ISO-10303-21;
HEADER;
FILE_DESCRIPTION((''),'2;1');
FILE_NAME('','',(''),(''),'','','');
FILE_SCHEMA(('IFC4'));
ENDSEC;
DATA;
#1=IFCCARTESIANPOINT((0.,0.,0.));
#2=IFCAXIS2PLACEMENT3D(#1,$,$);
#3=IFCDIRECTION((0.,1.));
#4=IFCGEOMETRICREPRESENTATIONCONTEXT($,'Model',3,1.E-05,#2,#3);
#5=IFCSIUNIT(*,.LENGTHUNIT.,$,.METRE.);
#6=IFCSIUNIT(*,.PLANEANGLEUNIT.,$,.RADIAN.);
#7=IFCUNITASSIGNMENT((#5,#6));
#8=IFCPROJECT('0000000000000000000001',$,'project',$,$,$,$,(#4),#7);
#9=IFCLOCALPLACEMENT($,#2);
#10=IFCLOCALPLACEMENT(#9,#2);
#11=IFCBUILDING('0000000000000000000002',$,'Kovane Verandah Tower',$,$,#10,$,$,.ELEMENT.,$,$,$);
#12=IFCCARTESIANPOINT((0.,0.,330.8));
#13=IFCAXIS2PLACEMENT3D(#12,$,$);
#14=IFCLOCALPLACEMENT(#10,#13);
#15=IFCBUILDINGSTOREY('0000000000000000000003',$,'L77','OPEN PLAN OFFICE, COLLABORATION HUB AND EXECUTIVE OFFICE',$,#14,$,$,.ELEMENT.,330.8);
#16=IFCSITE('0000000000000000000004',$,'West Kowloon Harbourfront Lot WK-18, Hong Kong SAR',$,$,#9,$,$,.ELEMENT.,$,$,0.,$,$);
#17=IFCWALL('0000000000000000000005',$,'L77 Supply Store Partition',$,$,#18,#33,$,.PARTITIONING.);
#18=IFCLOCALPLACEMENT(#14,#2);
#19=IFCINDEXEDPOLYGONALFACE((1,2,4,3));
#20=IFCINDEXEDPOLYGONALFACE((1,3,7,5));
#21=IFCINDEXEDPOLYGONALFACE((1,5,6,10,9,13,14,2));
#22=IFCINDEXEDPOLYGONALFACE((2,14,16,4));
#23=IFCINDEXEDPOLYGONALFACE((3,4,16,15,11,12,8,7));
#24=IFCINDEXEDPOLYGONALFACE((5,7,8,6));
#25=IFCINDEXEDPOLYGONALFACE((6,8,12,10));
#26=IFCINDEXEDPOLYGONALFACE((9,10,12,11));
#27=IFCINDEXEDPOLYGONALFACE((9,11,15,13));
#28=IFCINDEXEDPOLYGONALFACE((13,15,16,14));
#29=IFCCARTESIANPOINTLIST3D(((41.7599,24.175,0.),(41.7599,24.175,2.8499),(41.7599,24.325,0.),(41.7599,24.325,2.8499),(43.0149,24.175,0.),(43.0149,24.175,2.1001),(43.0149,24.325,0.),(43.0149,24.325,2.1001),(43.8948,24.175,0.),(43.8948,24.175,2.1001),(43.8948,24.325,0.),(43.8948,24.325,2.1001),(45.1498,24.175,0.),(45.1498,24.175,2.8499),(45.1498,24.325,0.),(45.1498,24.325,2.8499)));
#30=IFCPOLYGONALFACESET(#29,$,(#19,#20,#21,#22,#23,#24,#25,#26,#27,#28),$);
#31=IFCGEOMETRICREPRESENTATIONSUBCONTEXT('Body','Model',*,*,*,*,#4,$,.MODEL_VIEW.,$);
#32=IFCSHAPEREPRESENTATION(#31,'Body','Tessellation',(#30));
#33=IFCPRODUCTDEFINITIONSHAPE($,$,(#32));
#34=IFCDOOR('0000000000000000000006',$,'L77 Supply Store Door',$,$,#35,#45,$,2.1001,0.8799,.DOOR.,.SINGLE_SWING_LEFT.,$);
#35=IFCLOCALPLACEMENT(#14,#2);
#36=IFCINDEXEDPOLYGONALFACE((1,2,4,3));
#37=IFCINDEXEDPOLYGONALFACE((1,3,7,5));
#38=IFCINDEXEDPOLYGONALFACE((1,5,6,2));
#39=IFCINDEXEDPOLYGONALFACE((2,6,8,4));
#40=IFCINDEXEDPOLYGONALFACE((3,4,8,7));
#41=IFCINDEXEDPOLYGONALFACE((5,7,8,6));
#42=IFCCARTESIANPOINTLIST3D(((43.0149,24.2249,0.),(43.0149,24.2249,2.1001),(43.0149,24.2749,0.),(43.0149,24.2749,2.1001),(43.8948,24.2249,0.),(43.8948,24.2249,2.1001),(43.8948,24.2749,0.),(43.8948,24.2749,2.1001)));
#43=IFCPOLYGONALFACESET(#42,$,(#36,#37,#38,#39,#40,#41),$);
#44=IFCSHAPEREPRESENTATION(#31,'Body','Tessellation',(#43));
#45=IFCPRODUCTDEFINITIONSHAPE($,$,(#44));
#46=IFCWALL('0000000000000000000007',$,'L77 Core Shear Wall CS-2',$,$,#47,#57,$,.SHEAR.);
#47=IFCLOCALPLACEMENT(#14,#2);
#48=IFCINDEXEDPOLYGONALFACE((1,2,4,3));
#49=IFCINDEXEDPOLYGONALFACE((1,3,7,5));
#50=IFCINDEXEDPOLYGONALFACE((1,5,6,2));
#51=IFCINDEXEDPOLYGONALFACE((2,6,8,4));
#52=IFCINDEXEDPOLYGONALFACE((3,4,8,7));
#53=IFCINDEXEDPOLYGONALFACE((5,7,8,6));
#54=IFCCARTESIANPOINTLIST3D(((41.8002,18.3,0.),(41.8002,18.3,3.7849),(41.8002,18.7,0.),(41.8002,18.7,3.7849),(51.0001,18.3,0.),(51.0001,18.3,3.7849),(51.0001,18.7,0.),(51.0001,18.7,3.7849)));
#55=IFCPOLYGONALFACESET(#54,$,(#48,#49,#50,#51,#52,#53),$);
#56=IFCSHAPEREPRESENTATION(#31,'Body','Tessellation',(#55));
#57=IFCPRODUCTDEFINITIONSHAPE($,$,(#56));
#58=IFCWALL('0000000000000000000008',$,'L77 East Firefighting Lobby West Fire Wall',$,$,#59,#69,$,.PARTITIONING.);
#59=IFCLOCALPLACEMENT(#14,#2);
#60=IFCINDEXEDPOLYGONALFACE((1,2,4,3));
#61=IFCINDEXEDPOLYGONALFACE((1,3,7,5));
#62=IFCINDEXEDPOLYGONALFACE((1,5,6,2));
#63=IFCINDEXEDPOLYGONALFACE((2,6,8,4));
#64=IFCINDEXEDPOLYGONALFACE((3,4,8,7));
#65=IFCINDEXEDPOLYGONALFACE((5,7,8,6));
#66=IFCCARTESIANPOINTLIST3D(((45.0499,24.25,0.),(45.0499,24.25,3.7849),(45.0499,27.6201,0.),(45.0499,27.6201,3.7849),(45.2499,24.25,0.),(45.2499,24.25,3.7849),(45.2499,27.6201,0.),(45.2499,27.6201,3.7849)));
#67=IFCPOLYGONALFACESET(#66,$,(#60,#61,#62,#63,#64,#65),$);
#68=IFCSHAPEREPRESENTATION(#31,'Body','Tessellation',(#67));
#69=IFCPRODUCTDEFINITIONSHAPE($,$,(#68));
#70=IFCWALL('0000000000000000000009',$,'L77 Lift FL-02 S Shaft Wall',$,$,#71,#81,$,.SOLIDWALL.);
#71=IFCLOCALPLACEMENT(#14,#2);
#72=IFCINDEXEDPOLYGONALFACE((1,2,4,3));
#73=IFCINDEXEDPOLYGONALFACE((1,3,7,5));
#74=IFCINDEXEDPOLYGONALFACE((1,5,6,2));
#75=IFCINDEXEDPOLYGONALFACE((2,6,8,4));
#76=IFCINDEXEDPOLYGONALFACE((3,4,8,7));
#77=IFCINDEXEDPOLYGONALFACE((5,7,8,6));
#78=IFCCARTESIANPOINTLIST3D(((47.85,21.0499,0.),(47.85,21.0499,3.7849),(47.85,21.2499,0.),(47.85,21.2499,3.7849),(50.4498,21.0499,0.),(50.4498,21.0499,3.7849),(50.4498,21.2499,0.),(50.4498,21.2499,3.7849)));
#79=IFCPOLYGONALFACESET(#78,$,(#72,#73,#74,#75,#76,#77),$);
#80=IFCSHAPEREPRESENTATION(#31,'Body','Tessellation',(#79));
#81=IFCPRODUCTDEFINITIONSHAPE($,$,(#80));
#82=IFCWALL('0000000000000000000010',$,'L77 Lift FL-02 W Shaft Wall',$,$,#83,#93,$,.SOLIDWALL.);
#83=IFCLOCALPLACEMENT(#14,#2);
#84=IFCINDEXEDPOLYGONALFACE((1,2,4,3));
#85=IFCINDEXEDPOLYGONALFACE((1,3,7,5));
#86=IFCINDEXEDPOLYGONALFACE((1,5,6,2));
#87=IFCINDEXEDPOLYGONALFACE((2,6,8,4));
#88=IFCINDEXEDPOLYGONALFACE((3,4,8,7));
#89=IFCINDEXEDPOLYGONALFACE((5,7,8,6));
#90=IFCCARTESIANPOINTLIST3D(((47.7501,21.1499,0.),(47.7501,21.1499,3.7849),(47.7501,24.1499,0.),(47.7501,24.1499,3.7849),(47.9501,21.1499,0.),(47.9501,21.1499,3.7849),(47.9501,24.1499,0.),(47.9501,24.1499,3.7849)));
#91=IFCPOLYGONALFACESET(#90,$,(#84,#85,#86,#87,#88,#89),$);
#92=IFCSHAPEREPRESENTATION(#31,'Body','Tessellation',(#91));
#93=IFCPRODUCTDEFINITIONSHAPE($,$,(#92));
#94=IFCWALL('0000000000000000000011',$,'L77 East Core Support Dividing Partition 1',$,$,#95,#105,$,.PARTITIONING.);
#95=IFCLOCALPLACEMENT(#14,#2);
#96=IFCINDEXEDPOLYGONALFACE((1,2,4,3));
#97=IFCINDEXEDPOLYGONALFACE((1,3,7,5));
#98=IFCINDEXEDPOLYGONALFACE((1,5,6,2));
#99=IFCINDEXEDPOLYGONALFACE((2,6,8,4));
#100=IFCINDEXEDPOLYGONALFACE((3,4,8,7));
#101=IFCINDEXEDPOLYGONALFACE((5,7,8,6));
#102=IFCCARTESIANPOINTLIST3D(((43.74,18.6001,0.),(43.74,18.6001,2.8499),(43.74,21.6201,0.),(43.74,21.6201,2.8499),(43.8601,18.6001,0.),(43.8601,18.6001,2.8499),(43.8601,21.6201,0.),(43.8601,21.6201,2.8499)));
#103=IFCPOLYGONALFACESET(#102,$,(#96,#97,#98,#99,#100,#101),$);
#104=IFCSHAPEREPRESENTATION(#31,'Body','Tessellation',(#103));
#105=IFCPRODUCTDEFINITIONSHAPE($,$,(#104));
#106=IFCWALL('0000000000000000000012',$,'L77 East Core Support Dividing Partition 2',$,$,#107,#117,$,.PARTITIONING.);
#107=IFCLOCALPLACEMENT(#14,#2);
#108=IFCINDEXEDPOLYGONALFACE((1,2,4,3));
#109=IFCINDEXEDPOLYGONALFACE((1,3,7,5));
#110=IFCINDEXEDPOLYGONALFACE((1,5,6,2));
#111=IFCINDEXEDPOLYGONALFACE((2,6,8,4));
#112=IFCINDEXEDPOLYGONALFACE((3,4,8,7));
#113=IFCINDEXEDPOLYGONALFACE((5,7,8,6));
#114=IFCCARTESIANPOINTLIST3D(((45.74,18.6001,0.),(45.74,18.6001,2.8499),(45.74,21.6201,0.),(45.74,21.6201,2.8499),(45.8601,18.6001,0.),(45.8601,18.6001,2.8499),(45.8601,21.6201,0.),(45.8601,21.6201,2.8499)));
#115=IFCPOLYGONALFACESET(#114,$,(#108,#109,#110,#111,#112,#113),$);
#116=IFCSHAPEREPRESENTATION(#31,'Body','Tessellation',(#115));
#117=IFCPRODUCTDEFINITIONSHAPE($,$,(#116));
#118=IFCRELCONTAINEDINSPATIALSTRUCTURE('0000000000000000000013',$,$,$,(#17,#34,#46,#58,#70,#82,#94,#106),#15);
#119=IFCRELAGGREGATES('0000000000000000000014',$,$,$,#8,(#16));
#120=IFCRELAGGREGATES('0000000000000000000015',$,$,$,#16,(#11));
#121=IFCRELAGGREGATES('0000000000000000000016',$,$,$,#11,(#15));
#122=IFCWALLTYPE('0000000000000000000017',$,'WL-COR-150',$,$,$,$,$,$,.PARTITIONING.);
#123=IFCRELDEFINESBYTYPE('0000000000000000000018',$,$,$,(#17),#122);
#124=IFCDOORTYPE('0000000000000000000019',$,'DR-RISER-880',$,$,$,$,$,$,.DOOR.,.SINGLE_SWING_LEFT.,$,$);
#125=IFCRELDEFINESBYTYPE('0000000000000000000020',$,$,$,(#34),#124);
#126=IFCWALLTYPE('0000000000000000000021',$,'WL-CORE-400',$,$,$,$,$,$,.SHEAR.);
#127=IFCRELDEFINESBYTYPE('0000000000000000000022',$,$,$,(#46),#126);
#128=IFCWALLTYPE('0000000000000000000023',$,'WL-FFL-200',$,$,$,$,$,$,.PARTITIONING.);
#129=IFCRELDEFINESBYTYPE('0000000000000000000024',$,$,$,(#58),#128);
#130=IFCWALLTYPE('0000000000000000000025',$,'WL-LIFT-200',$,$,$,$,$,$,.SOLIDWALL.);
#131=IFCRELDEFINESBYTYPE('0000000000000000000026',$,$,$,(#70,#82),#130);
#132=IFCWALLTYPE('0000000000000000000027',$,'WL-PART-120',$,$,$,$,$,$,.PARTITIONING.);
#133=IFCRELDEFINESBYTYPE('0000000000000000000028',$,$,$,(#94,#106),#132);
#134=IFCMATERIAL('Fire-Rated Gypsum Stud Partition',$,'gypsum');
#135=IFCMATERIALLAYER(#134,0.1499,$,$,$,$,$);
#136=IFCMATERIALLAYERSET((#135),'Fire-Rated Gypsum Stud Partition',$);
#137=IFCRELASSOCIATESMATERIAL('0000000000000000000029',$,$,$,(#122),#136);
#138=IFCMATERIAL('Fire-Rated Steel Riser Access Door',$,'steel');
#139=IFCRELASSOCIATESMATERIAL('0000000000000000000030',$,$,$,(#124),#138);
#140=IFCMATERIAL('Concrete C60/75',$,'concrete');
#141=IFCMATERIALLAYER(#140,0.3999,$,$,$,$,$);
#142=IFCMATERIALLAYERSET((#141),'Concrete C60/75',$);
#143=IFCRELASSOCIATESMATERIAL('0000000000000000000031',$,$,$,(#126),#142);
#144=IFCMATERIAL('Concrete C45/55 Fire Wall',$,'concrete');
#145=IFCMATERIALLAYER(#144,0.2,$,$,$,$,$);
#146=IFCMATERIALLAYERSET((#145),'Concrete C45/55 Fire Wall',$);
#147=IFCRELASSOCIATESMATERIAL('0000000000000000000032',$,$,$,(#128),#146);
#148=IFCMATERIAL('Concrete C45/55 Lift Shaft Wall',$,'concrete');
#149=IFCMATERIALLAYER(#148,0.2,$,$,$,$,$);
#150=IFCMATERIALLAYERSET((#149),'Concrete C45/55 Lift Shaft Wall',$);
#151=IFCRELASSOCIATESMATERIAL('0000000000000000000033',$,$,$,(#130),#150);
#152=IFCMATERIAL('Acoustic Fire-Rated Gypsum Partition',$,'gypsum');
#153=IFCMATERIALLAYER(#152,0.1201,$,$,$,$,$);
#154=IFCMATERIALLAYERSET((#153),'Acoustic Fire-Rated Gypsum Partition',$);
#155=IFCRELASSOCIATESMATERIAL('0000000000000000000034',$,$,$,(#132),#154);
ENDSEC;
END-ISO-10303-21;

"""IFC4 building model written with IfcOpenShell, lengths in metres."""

from ifc_helpers import new_model, si_unit, direction, frame, frame_2d, origin, place, context, subcontext, project, spatial, rectangle, extrude, material, layer, layer_set, type_object, element, fill, save


model = new_model("IFC4")

# Units and contexts
model_context = context("Model", 3, precision=1e-05, world=origin(), true_north=direction((0.0, 1.0)))
body_context = subcontext(model_context, "Body", "Model", "MODEL_VIEW")
ifc_project = project(units=[si_unit("LENGTHUNIT", "METRE"), si_unit("PLANEANGLEUNIT", "RADIAN")], contexts=[model_context])

# Site, building, storey
site_placement = place(None, origin())
site = spatial("IfcSite", under=ifc_project, at=site_placement, Name="West Kowloon Harbourfront Lot WK-18, Hong Kong SAR", CompositionType="ELEMENT", RefElevation=0.0)
building_placement = place(site_placement, origin())
building = spatial("IfcBuilding", under=site, at=building_placement, Name="Kovane Verandah Tower", CompositionType="ELEMENT")
storey_placement = place(building_placement, frame((0.0, 0.0, 330.8)))
storey = spatial("IfcBuildingStorey", under=building, at=storey_placement, Name="L77", Description="OPEN PLAN OFFICE, COLLABORATION HUB AND EXECUTIVE OFFICE", CompositionType="ELEMENT", Elevation=330.8)

# Shared definitions
ifc_material_1 = material(Name="Concrete C60/75", Category="concrete")

# Shared definitions
ifc_material_2 = material(Name="Fire-Rated Gypsum Stud Partition", Category="gypsum")
ifc_layer_1 = layer(ifc_material_2, 0.1499)
ifc_layer_set_1 = layer_set([ifc_layer_1], Name="Fire-Rated Gypsum Stud Partition")
wall_type_1 = type_object("IfcWallType", Name="WL-COR-150", PredefinedType="PARTITIONING", material=ifc_layer_set_1)

# Wall, opening, door
wall_1_placement = place(storey_placement, frame((41.76, 24.25, 0.0), z_axis=(0.0, 0.0, 1.0), x_axis=(1.0, 0.0, 0.0)))
wall_1 = element("IfcWall", 1, at=wall_1_placement, inside=storey, type_object=wall_type_1, Name="L77 Supply Store Partition", PredefinedType="PARTITIONING", context=body_context, shape_type="SweptSolid", body=[
    extrude(rectangle(XDim=3.3899, YDim=0.1499, at=frame_2d((1.6948, 0.0))), origin(), (0.0, 0.0, 1.0), 2.8499),
])
opening_1_placement = place(wall_1_placement, frame((1.2549, 0.0, 0.0)))
opening_1 = element("IfcOpeningElement", 2, at=opening_1_placement, cuts=wall_1, PredefinedType="OPENING", context=body_context, shape_type="SweptSolid", body=[
    extrude(rectangle(XDim=0.8799, YDim=2.1001, at=frame_2d((0.4399, 1.05))), frame((0.0, 0.075, 0.0), z_axis=(0.0, -1.0, 0.0), x_axis=(1.0, 0.0, 0.0)), (0.0, 0.0, 1.0), 0.1499),
])
ifc_material_3 = material(Name="Fire-Rated Steel Riser Access Door", Category="steel")
door_type_1 = type_object("IfcDoorType", Name="DR-RISER-880", OperationType="SINGLE_SWING_LEFT", PredefinedType="DOOR", material=ifc_material_3)
door_1_placement = place(opening_1_placement, origin())
door_1 = element("IfcDoor", 3, at=door_1_placement, inside=storey, type_object=door_type_1, Name="L77 Supply Store Door", OperationType="SINGLE_SWING_LEFT", OverallHeight=2.1001, OverallWidth=0.8799, PredefinedType="DOOR", context=body_context, shape_type="SweptSolid", body=[
    extrude(rectangle(XDim=0.8799, YDim=2.1001, at=frame_2d((0.4399, 1.05))), frame((0.0, 0.0249, 0.0), z_axis=(0.0, -1.0, 0.0), x_axis=(1.0, 0.0, 0.0)), (0.0, 0.0, 1.0), 0.05),
])
fill(opening_1, door_1)

# Walls
ifc_layer_2 = layer(ifc_material_1, 0.3999)
ifc_layer_set_2 = layer_set([ifc_layer_2], Name="Concrete C60/75")
wall_type_2 = type_object("IfcWallType", Name="WL-CORE-400", PredefinedType="SHEAR", material=ifc_layer_set_2)
wall_2_placement = place(storey_placement, frame((41.8, 18.5, 0.0), z_axis=(0.0, 0.0, 1.0), x_axis=(1.0, 0.0, 0.0)))
element("IfcWall", 4, at=wall_2_placement, inside=storey, type_object=wall_type_2, Name="L77 Core Shear Wall CS-2", PredefinedType="SHEAR", context=body_context, shape_type="SweptSolid", body=[
    extrude(rectangle(XDim=9.2, YDim=0.3999, at=frame_2d((4.6001, 0.0))), origin(), (0.0, 0.0, 1.0), 3.7849),
])
ifc_material_4 = material(Name="Concrete C45/55 Fire Wall", Category="concrete")
ifc_layer_3 = layer(ifc_material_4, 0.2)
ifc_layer_set_3 = layer_set([ifc_layer_3], Name="Concrete C45/55 Fire Wall")
wall_type_3 = type_object("IfcWallType", Name="WL-FFL-200", PredefinedType="PARTITIONING", material=ifc_layer_set_3)
wall_3_placement = place(storey_placement, frame((45.1499, 24.25, 0.0), z_axis=(0.0, 0.0, 1.0), x_axis=(0.0, 1.0, 0.0)))
element("IfcWall", 5, at=wall_3_placement, inside=storey, type_object=wall_type_3, Name="L77 East Firefighting Lobby West Fire Wall", PredefinedType="PARTITIONING", context=body_context, shape_type="SweptSolid", body=[
    extrude(rectangle(XDim=3.3701, YDim=0.2, at=frame_2d((1.6851, 0.0))), origin(), (0.0, 0.0, 1.0), 3.7849),
])

# Wall
ifc_material_5 = material(Name="Concrete C45/55 Lift Shaft Wall", Category="concrete")
ifc_layer_4 = layer(ifc_material_5, 0.2)
ifc_layer_set_4 = layer_set([ifc_layer_4], Name="Concrete C45/55 Lift Shaft Wall")
wall_type_4 = type_object("IfcWallType", Name="WL-LIFT-200", PredefinedType="SOLIDWALL", material=ifc_layer_set_4)
wall_4_placement = place(storey_placement, frame((47.8501, 21.1499, 0.0), z_axis=(0.0, 0.0, 1.0), x_axis=(1.0, 0.0, 0.0)))
element("IfcWall", 6, at=wall_4_placement, inside=storey, type_object=wall_type_4, Name="L77 Lift FL-02 S Shaft Wall", PredefinedType="SOLIDWALL", context=body_context, shape_type="SweptSolid", body=[
    extrude(rectangle(XDim=2.5999, YDim=0.2, at=frame_2d((1.2998, 0.0))), origin(), (0.0, 0.0, 1.0), 3.7849),
])

# Walls
wall_5_placement = place(storey_placement, frame((47.8501, 24.1499, 0.0), z_axis=(0.0, 0.0, 1.0), x_axis=(0.0, -1.0, 0.0)))
element("IfcWall", 7, at=wall_5_placement, inside=storey, type_object=wall_type_4, Name="L77 Lift FL-02 W Shaft Wall", PredefinedType="SOLIDWALL", context=body_context, shape_type="SweptSolid", body=[
    extrude(rectangle(XDim=3.0, YDim=0.2, at=frame_2d((1.5, 0.0))), origin(), (0.0, 0.0, 1.0), 3.7849),
])
ifc_material_6 = material(Name="Acoustic Fire-Rated Gypsum Partition", Category="gypsum")
ifc_layer_5 = layer(ifc_material_6, 0.1201)
ifc_layer_set_5 = layer_set([ifc_layer_5], Name="Acoustic Fire-Rated Gypsum Partition")
wall_type_5 = type_object("IfcWallType", Name="WL-PART-120", PredefinedType="PARTITIONING", material=ifc_layer_set_5)
for number, where, z_axis, x_axis, name in (
    (8, (43.8, 18.6001, 0.0), (0.0, 0.0, 1.0), (0.0, 1.0, 0.0), "L77 East Core Support Dividing Partition 1"),
    (9, (45.8, 18.6001, 0.0), (0.0, 0.0, 1.0), (0.0, 1.0, 0.0), "L77 East Core Support Dividing Partition 2"),
):
    element("IfcWall", number, at=place(storey_placement, frame(where, z_axis=z_axis, x_axis=x_axis)), inside=storey, type_object=wall_type_5, Name=name, PredefinedType="PARTITIONING", context=body_context, shape_type="SweptSolid", body=[
        extrude(rectangle(XDim=3.02, YDim=0.1201, at=frame_2d((1.51, 0.0))), origin(), (0.0, 0.0, 1.0), 2.8499),
    ])

save(model, "model.ifc")
